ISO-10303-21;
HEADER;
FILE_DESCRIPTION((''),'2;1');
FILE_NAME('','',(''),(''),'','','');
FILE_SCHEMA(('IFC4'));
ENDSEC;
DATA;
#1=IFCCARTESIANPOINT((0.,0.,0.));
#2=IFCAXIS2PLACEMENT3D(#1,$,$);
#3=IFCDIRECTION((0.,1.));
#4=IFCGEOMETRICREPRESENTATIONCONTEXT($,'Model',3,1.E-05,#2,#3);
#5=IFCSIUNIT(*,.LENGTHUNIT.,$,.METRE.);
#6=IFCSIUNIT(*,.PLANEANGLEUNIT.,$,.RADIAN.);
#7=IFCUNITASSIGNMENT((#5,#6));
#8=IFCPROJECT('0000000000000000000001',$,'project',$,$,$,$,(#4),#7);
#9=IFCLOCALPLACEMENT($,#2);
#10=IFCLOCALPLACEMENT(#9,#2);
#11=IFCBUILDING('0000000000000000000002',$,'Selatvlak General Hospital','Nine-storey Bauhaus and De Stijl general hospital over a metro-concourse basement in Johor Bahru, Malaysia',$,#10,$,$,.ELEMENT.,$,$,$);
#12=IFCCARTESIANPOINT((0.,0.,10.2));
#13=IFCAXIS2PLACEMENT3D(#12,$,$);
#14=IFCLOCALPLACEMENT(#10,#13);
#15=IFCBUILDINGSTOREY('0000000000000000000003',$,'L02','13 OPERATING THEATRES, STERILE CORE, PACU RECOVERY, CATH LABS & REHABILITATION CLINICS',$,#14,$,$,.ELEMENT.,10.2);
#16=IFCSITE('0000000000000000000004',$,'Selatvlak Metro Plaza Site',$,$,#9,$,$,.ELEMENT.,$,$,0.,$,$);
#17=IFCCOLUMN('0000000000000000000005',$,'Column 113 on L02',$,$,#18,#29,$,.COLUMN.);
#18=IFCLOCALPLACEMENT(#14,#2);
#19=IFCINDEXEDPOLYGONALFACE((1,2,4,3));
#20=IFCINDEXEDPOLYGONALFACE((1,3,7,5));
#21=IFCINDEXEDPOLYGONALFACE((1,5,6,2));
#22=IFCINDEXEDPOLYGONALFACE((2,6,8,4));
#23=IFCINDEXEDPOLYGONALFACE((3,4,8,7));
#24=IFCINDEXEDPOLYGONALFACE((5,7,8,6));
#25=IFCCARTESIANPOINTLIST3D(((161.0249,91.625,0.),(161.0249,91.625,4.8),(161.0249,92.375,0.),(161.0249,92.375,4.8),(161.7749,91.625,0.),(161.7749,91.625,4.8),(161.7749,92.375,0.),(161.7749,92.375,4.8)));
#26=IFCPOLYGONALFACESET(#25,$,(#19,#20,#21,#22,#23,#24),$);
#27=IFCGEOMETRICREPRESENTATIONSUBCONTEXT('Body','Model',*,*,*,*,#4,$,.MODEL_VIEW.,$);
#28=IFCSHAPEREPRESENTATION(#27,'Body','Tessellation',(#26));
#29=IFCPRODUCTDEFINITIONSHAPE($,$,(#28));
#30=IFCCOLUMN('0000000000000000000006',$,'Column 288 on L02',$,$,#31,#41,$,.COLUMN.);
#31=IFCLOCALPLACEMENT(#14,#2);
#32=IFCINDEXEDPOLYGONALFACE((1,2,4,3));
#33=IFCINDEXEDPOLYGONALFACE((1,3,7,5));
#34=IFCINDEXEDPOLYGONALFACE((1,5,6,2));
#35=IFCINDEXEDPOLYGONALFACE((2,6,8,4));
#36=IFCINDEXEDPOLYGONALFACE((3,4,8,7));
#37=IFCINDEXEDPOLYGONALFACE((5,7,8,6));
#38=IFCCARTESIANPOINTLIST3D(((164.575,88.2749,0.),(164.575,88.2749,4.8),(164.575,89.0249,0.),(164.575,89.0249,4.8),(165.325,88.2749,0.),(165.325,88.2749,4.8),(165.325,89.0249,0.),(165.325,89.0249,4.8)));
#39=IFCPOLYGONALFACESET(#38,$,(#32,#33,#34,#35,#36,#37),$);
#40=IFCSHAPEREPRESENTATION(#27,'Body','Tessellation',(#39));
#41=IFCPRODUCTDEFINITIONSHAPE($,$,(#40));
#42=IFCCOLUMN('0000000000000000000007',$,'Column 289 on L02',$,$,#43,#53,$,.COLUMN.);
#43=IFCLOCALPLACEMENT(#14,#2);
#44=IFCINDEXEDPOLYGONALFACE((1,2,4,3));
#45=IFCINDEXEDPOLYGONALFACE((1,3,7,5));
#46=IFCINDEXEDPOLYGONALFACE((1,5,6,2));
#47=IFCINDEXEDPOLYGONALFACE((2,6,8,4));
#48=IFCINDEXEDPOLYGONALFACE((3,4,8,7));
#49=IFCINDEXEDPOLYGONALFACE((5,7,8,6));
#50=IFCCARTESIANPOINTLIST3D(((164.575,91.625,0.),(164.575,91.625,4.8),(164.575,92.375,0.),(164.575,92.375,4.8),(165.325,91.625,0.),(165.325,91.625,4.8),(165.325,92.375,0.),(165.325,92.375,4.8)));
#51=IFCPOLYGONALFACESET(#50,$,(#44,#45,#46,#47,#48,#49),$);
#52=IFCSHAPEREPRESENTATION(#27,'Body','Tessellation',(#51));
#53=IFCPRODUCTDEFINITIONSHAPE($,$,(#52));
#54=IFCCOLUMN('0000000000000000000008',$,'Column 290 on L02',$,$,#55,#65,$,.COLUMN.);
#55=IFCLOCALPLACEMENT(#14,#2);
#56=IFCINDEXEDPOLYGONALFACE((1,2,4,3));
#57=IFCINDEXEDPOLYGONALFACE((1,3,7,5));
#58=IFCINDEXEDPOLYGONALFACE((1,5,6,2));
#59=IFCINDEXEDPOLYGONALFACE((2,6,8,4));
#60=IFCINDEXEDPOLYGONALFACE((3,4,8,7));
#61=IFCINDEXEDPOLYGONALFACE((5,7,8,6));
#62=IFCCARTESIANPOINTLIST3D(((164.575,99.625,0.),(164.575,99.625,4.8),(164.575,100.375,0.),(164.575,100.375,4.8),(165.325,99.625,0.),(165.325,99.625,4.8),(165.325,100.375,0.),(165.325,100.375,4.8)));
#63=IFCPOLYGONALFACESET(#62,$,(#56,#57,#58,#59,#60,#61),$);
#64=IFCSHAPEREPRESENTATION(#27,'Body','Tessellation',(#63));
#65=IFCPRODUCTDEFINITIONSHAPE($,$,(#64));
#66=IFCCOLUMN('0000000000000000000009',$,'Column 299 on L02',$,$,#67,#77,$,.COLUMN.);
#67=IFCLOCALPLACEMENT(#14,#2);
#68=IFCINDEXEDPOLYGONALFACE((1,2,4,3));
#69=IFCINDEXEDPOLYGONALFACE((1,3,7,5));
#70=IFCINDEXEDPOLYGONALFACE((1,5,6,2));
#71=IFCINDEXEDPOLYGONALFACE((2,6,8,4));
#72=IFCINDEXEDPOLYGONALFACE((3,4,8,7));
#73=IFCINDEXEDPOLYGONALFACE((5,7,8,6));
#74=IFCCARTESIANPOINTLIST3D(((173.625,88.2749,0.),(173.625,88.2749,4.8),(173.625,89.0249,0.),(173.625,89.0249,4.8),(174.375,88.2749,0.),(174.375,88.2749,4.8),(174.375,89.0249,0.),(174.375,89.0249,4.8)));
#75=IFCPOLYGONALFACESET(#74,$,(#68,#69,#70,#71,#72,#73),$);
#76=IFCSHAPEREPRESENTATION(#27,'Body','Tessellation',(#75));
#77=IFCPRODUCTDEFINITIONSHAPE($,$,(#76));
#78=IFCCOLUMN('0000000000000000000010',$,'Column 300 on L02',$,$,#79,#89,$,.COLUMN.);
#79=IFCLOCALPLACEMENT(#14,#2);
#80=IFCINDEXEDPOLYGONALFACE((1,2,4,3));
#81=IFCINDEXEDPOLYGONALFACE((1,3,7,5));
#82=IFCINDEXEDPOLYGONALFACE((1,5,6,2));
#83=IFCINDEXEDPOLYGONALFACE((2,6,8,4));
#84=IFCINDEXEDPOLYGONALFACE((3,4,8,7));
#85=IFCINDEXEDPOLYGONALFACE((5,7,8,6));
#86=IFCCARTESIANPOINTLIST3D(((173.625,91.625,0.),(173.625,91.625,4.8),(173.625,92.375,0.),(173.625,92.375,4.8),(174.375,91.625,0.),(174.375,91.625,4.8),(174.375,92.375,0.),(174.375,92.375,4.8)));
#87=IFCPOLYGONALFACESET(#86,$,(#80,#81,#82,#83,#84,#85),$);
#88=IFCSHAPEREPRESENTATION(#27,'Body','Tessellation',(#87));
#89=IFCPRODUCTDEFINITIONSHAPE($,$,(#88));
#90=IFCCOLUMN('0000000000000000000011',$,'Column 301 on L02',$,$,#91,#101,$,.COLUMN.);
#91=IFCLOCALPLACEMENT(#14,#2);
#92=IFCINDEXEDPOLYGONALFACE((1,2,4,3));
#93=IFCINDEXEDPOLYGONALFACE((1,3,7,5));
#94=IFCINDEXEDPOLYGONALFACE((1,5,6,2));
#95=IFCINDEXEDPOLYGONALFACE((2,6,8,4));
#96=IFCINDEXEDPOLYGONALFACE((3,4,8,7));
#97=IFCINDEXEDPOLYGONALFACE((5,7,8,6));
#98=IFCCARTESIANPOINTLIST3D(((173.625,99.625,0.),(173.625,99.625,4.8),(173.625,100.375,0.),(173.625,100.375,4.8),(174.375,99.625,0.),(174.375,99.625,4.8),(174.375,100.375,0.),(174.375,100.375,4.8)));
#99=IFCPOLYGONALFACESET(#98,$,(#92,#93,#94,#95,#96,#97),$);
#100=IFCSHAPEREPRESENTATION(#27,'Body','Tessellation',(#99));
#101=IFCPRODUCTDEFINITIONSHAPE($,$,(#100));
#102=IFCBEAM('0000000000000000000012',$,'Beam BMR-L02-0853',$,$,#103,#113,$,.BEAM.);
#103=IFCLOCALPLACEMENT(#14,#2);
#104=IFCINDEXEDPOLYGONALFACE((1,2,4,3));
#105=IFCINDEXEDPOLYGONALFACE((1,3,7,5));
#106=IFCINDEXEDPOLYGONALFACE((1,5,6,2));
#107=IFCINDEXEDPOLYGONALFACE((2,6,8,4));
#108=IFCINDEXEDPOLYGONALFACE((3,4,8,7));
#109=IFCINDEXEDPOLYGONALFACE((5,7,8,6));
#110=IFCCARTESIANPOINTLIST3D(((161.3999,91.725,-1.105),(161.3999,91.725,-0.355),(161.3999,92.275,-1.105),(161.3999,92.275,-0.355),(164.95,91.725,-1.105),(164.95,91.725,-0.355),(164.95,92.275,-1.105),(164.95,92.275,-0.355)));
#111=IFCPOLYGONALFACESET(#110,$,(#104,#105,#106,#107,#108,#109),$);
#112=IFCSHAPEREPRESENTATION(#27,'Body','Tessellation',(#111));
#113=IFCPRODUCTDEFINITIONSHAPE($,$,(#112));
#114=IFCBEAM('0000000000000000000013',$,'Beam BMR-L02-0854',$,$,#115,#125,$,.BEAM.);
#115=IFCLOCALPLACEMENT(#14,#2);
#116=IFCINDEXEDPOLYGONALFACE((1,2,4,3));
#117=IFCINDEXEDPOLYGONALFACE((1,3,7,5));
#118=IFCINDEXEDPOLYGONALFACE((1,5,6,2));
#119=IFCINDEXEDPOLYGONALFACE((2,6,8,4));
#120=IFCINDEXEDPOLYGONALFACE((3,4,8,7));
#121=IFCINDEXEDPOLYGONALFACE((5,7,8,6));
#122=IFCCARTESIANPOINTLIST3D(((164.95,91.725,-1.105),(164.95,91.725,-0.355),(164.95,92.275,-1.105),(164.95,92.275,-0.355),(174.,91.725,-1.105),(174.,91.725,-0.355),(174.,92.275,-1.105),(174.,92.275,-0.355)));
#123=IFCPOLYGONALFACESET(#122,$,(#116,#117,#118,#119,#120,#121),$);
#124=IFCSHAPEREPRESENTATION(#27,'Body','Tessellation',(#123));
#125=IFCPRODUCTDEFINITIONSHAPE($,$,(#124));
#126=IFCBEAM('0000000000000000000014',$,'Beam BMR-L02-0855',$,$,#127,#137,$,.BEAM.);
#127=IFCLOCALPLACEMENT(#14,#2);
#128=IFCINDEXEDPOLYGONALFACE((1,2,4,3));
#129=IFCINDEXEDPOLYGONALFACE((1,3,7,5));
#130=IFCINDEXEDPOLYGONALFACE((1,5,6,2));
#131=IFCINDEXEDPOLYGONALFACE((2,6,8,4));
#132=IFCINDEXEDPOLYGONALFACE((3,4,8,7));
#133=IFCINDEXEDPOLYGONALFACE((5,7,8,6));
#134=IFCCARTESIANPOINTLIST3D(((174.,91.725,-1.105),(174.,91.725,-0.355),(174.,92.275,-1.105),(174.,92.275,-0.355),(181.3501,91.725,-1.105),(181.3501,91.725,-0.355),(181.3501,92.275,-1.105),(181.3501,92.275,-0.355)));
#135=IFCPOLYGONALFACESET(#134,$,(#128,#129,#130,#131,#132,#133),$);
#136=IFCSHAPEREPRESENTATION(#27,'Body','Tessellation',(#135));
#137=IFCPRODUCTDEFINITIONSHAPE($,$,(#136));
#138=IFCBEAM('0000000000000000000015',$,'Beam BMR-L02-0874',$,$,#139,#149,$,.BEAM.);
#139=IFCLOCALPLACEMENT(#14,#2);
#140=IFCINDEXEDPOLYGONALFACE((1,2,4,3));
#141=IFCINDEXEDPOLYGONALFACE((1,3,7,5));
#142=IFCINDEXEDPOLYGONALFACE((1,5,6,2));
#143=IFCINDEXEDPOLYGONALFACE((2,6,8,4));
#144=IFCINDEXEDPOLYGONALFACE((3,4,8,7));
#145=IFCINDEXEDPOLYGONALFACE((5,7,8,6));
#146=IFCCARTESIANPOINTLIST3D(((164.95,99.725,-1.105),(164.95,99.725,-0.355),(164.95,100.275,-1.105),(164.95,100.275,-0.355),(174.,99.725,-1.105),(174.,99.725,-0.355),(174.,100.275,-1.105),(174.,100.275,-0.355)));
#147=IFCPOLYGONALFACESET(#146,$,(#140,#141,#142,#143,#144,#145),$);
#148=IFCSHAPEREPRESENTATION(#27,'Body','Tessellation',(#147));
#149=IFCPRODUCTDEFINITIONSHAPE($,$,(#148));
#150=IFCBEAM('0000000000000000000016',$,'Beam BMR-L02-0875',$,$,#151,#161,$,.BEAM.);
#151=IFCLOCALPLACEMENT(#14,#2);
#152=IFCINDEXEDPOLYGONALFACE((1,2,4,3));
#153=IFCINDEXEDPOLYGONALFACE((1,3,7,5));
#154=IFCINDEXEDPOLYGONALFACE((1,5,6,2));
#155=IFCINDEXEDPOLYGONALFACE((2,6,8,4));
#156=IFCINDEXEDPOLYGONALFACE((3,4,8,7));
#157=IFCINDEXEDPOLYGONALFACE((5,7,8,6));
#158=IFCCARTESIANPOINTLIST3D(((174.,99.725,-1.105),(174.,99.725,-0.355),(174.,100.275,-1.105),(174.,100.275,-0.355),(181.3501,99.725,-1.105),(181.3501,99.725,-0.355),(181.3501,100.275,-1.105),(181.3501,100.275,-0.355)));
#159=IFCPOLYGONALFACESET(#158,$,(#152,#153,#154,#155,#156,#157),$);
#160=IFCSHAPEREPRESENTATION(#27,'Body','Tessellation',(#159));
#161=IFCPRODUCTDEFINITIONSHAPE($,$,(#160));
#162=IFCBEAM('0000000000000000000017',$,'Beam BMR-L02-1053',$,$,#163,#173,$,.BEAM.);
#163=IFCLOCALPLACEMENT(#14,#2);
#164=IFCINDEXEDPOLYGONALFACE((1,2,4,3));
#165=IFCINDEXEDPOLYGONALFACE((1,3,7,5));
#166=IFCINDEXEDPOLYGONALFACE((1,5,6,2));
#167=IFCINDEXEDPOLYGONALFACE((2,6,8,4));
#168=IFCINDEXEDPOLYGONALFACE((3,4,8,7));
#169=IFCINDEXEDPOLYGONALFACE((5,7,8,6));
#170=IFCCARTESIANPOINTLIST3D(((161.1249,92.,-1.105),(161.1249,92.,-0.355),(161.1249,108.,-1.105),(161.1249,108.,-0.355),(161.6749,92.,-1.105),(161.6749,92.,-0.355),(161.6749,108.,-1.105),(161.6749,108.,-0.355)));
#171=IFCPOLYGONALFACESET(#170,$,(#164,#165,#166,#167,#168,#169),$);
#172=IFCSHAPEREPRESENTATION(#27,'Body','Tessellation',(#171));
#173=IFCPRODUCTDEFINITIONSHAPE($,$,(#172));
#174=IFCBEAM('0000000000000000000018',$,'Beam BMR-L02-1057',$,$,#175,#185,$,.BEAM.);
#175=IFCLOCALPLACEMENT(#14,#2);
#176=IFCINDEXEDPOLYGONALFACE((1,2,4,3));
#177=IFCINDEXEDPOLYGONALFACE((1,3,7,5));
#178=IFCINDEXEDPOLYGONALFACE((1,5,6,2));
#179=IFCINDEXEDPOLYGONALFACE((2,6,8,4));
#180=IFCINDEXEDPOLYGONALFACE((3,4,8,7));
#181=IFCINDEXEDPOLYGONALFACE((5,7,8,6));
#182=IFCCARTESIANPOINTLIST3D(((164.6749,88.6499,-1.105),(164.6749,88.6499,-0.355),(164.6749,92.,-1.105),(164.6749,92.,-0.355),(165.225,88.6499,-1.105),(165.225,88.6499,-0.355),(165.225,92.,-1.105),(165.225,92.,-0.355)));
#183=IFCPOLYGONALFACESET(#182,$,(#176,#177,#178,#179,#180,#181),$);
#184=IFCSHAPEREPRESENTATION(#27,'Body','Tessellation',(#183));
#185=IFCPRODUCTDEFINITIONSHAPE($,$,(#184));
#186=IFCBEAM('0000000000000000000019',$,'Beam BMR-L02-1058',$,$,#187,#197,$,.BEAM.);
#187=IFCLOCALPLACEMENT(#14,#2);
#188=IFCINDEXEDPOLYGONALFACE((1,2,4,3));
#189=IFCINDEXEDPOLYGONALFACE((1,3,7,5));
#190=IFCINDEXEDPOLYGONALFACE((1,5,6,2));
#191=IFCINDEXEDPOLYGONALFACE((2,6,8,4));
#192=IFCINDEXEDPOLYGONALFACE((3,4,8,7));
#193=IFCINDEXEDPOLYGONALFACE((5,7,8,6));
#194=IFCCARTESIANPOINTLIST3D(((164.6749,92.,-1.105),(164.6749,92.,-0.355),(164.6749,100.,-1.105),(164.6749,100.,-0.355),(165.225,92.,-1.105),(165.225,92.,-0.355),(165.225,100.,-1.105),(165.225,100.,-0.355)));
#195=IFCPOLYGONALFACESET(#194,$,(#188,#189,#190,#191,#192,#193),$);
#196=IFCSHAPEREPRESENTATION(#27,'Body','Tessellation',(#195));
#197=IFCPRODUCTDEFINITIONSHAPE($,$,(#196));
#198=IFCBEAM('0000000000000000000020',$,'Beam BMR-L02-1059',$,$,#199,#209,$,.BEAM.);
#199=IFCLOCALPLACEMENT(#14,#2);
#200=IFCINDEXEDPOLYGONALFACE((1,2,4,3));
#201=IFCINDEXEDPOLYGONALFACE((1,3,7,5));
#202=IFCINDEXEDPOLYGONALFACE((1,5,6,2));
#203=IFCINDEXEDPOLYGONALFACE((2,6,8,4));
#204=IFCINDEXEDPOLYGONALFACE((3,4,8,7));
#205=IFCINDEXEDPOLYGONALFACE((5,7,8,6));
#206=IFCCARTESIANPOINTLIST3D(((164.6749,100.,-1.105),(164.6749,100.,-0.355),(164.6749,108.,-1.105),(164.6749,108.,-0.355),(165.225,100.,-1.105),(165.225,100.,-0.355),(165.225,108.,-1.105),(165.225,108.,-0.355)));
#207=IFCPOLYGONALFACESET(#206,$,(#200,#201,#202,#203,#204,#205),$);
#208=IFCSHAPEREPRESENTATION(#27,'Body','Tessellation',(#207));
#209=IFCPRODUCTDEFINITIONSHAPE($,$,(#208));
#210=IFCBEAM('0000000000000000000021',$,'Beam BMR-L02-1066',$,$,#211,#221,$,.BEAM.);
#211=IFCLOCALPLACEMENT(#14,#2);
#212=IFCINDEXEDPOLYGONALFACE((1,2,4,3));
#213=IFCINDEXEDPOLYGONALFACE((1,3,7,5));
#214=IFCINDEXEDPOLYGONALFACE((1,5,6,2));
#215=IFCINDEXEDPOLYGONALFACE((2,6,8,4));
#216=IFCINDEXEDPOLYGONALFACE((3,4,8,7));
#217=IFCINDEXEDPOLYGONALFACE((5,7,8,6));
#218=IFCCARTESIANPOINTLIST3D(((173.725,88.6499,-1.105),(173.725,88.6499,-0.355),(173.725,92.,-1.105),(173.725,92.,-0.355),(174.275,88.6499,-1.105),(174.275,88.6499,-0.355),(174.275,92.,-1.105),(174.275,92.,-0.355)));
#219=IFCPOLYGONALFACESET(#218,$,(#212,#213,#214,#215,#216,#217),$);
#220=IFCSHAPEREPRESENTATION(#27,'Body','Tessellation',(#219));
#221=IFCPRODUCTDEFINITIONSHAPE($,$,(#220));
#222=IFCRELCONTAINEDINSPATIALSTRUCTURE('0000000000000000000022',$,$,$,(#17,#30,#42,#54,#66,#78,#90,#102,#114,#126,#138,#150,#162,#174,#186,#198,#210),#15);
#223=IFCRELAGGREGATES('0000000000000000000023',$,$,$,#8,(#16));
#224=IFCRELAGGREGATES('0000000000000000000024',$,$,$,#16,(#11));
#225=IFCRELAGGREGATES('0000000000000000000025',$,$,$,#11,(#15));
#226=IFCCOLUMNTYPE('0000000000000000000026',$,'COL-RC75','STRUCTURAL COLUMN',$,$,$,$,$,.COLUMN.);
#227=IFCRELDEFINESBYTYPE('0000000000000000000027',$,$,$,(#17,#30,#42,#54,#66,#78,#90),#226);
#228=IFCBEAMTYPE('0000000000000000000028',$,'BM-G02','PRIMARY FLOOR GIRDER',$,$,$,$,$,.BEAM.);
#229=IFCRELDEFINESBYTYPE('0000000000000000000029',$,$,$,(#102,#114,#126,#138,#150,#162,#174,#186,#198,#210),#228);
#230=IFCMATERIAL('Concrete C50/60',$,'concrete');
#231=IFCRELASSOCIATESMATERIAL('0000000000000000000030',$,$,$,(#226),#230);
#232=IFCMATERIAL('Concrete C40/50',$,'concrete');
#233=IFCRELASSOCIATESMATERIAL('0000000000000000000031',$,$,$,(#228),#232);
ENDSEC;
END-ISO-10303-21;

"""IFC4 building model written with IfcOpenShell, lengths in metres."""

from ifc_helpers import new_model, si_unit, direction, frame, origin, origin_2d, place, context, subcontext, project, spatial, rectangle, extrude, material, material_profile, profile_set, type_object, element, save


model = new_model("IFC4")

# Units and contexts
model_context = context("Model", 3, precision=1e-05, world=origin(), true_north=direction((0.0, 1.0)))
body_context = subcontext(model_context, "Body", "Model", "MODEL_VIEW")
ifc_project = project(units=[si_unit("LENGTHUNIT", "METRE"), si_unit("PLANEANGLEUNIT", "RADIAN")], contexts=[model_context])

# Site, building, storey
site_placement = place(None, origin())
site = spatial("IfcSite", under=ifc_project, at=site_placement, Name="Selatvlak Metro Plaza Site", CompositionType="ELEMENT", RefElevation=0.0)
building_placement = place(site_placement, origin())
building = spatial("IfcBuilding", under=site, at=building_placement, Name="Selatvlak General Hospital", Description="Nine-storey Bauhaus and De Stijl general hospital over a metro-concourse basement in Johor Bahru, Malaysia", CompositionType="ELEMENT")
storey_placement = place(building_placement, frame((0.0, 0.0, 10.2)))
storey = spatial("IfcBuildingStorey", under=building, at=storey_placement, Name="L02", Description="13 OPERATING THEATRES, STERILE CORE, PACU RECOVERY, CATH LABS & REHABILITATION CLINICS", CompositionType="ELEMENT", Elevation=10.2)

# Columns
ifc_material_1 = material(Name="Concrete C50/60", Category="concrete")
ifc_material_profile_1 = material_profile(ifc_material_1, rectangle(XDim=0.75, YDim=0.75, at=origin_2d()), Name="RC-COL 750x750")
ifc_profile_set_1 = profile_set([ifc_material_profile_1], Name="Concrete C50/60")
column_type = type_object("IfcColumnType", Name="COL-RC75", Description="STRUCTURAL COLUMN", PredefinedType="COLUMN", material=ifc_profile_set_1)
for number, where, z_axis, x_axis, name in (
    (1, (161.3999, 92.0, 0.0), (0.0, 0.0, 1.0), (1.0, 0.0, 0.0), "Column 113 on L02"),
    (2, (164.95, 88.6499, 0.0), (0.0, 0.0, 1.0), (1.0, 0.0, 0.0), "Column 288 on L02"),
    (3, (164.95, 92.0, 0.0), (0.0, 0.0, 1.0), (1.0, 0.0, 0.0), "Column 289 on L02"),
    (4, (164.95, 100.0, 0.0), (0.0, 0.0, 1.0), (1.0, 0.0, 0.0), "Column 290 on L02"),
    (5, (174.0, 88.6499, 0.0), (0.0, 0.0, 1.0), (1.0, 0.0, 0.0), "Column 299 on L02"),
    (6, (174.0, 92.0, 0.0), (0.0, 0.0, 1.0), (1.0, 0.0, 0.0), "Column 300 on L02"),
    (7, (174.0, 100.0, 0.0), (0.0, 0.0, 1.0), (1.0, 0.0, 0.0), "Column 301 on L02"),
):
    element("IfcColumn", number, at=place(storey_placement, frame(where, z_axis=z_axis, x_axis=x_axis)), inside=storey, type_object=column_type, Name=name, PredefinedType="COLUMN", context=body_context, shape_type="SweptSolid", body=[
        extrude(rectangle(XDim=0.75, YDim=0.75, at=origin_2d()), origin(), (0.0, 0.0, 1.0), 4.8),
    ])

# Beams
ifc_material_2 = material(Name="Concrete C40/50", Category="concrete")
ifc_material_profile_2 = material_profile(ifc_material_2, rectangle(XDim=0.55, YDim=0.75, at=origin_2d()), Name="RC-BM 550x750")
ifc_profile_set_2 = profile_set([ifc_material_profile_2], Name="Concrete C40/50")
beam_type_1 = type_object("IfcBeamType", Name="BM-G02", Description="PRIMARY FLOOR GIRDER", PredefinedType="BEAM", material=ifc_profile_set_2)
beam_1_placement = place(storey_placement, frame((161.3999, 92.0, -0.73), z_axis=(1.0, 0.0, 0.0), x_axis=(0.0, 1.0, 0.0)))
element("IfcBeam", 8, at=beam_1_placement, inside=storey, type_object=beam_type_1, Name="Beam BMR-L02-0853", PredefinedType="BEAM", context=body_context, shape_type="SweptSolid", body=[
    extrude(rectangle(XDim=0.55, YDim=0.75, at=origin_2d()), origin(), (0.0, 0.0, 1.0), 3.55),
])
beam_2_placement = place(storey_placement, frame((164.95, 92.0, -0.73), z_axis=(1.0, 0.0, 0.0), x_axis=(0.0, 1.0, 0.0)))
element("IfcBeam", 9, at=beam_2_placement, inside=storey, type_object=beam_type_1, Name="Beam BMR-L02-0854", PredefinedType="BEAM", context=body_context, shape_type="SweptSolid", body=[
    extrude(rectangle(XDim=0.55, YDim=0.75, at=origin_2d()), origin(), (0.0, 0.0, 1.0), 9.05),
])
beam_3_placement = place(storey_placement, frame((174.0, 92.0, -0.73), z_axis=(1.0, 0.0, 0.0), x_axis=(0.0, 1.0, 0.0)))
element("IfcBeam", 10, at=beam_3_placement, inside=storey, type_object=beam_type_1, Name="Beam BMR-L02-0855", PredefinedType="BEAM", context=body_context, shape_type="SweptSolid", body=[
    extrude(rectangle(XDim=0.55, YDim=0.75, at=origin_2d()), origin(), (0.0, 0.0, 1.0), 7.3501),
])
beam_4_placement = place(storey_placement, frame((164.95, 100.0, -0.73), z_axis=(1.0, 0.0, 0.0), x_axis=(0.0, 1.0, 0.0)))
element("IfcBeam", 11, at=beam_4_placement, inside=storey, type_object=beam_type_1, Name="Beam BMR-L02-0874", PredefinedType="BEAM", context=body_context, shape_type="SweptSolid", body=[
    extrude(rectangle(XDim=0.55, YDim=0.75, at=origin_2d()), origin(), (0.0, 0.0, 1.0), 9.05),
])
beam_5_placement = place(storey_placement, frame((174.0, 100.0, -0.73), z_axis=(1.0, 0.0, 0.0), x_axis=(0.0, 1.0, 0.0)))
element("IfcBeam", 12, at=beam_5_placement, inside=storey, type_object=beam_type_1, Name="Beam BMR-L02-0875", PredefinedType="BEAM", context=body_context, shape_type="SweptSolid", body=[
    extrude(rectangle(XDim=0.55, YDim=0.75, at=origin_2d()), origin(), (0.0, 0.0, 1.0), 7.3501),
])
beam_6_placement = place(storey_placement, frame((161.3999, 92.0, -0.73), z_axis=(0.0, 1.0, 0.0), x_axis=(-1.0, 0.0, 0.0)))
element("IfcBeam", 13, at=beam_6_placement, inside=storey, type_object=beam_type_1, Name="Beam BMR-L02-1053", PredefinedType="BEAM", context=body_context, shape_type="SweptSolid", body=[
    extrude(rectangle(XDim=0.55, YDim=0.75, at=origin_2d()), origin(), (0.0, 0.0, 1.0), 16.0),
])
beam_7_placement = place(storey_placement, frame((164.95, 88.6499, -0.73), z_axis=(0.0, 1.0, 0.0), x_axis=(-1.0, 0.0, 0.0)))
element("IfcBeam", 14, at=beam_7_placement, inside=storey, type_object=beam_type_1, Name="Beam BMR-L02-1057", PredefinedType="BEAM", context=body_context, shape_type="SweptSolid", body=[
    extrude(rectangle(XDim=0.55, YDim=0.75, at=origin_2d()), origin(), (0.0, 0.0, 1.0), 3.3501),
])
for number, where, z_axis, x_axis, name in (
    (15, (164.95, 92.0, -0.73), (0.0, 1.0, 0.0), (-1.0, 0.0, 0.0), "Beam BMR-L02-1058"),
    (16, (164.95, 100.0, -0.73), (0.0, 1.0, 0.0), (-1.0, 0.0, 0.0), "Beam BMR-L02-1059"),
):
    element("IfcBeam", number, at=place(storey_placement, frame(where, z_axis=z_axis, x_axis=x_axis)), inside=storey, type_object=beam_type_1, Name=name, PredefinedType="BEAM", context=body_context, shape_type="SweptSolid", body=[
        extrude(rectangle(XDim=0.55, YDim=0.75, at=origin_2d()), origin(), (0.0, 0.0, 1.0), 8.0),
    ])
beam_8_placement = place(storey_placement, frame((174.0, 88.6499, -0.73), z_axis=(0.0, 1.0, 0.0), x_axis=(-1.0, 0.0, 0.0)))
element("IfcBeam", 17, at=beam_8_placement, inside=storey, type_object=beam_type_1, Name="Beam BMR-L02-1066", PredefinedType="BEAM", context=body_context, shape_type="SweptSolid", body=[
    extrude(rectangle(XDim=0.55, YDim=0.75, at=origin_2d()), origin(), (0.0, 0.0, 1.0), 3.3501),
])

save(model, "model.ifc")
